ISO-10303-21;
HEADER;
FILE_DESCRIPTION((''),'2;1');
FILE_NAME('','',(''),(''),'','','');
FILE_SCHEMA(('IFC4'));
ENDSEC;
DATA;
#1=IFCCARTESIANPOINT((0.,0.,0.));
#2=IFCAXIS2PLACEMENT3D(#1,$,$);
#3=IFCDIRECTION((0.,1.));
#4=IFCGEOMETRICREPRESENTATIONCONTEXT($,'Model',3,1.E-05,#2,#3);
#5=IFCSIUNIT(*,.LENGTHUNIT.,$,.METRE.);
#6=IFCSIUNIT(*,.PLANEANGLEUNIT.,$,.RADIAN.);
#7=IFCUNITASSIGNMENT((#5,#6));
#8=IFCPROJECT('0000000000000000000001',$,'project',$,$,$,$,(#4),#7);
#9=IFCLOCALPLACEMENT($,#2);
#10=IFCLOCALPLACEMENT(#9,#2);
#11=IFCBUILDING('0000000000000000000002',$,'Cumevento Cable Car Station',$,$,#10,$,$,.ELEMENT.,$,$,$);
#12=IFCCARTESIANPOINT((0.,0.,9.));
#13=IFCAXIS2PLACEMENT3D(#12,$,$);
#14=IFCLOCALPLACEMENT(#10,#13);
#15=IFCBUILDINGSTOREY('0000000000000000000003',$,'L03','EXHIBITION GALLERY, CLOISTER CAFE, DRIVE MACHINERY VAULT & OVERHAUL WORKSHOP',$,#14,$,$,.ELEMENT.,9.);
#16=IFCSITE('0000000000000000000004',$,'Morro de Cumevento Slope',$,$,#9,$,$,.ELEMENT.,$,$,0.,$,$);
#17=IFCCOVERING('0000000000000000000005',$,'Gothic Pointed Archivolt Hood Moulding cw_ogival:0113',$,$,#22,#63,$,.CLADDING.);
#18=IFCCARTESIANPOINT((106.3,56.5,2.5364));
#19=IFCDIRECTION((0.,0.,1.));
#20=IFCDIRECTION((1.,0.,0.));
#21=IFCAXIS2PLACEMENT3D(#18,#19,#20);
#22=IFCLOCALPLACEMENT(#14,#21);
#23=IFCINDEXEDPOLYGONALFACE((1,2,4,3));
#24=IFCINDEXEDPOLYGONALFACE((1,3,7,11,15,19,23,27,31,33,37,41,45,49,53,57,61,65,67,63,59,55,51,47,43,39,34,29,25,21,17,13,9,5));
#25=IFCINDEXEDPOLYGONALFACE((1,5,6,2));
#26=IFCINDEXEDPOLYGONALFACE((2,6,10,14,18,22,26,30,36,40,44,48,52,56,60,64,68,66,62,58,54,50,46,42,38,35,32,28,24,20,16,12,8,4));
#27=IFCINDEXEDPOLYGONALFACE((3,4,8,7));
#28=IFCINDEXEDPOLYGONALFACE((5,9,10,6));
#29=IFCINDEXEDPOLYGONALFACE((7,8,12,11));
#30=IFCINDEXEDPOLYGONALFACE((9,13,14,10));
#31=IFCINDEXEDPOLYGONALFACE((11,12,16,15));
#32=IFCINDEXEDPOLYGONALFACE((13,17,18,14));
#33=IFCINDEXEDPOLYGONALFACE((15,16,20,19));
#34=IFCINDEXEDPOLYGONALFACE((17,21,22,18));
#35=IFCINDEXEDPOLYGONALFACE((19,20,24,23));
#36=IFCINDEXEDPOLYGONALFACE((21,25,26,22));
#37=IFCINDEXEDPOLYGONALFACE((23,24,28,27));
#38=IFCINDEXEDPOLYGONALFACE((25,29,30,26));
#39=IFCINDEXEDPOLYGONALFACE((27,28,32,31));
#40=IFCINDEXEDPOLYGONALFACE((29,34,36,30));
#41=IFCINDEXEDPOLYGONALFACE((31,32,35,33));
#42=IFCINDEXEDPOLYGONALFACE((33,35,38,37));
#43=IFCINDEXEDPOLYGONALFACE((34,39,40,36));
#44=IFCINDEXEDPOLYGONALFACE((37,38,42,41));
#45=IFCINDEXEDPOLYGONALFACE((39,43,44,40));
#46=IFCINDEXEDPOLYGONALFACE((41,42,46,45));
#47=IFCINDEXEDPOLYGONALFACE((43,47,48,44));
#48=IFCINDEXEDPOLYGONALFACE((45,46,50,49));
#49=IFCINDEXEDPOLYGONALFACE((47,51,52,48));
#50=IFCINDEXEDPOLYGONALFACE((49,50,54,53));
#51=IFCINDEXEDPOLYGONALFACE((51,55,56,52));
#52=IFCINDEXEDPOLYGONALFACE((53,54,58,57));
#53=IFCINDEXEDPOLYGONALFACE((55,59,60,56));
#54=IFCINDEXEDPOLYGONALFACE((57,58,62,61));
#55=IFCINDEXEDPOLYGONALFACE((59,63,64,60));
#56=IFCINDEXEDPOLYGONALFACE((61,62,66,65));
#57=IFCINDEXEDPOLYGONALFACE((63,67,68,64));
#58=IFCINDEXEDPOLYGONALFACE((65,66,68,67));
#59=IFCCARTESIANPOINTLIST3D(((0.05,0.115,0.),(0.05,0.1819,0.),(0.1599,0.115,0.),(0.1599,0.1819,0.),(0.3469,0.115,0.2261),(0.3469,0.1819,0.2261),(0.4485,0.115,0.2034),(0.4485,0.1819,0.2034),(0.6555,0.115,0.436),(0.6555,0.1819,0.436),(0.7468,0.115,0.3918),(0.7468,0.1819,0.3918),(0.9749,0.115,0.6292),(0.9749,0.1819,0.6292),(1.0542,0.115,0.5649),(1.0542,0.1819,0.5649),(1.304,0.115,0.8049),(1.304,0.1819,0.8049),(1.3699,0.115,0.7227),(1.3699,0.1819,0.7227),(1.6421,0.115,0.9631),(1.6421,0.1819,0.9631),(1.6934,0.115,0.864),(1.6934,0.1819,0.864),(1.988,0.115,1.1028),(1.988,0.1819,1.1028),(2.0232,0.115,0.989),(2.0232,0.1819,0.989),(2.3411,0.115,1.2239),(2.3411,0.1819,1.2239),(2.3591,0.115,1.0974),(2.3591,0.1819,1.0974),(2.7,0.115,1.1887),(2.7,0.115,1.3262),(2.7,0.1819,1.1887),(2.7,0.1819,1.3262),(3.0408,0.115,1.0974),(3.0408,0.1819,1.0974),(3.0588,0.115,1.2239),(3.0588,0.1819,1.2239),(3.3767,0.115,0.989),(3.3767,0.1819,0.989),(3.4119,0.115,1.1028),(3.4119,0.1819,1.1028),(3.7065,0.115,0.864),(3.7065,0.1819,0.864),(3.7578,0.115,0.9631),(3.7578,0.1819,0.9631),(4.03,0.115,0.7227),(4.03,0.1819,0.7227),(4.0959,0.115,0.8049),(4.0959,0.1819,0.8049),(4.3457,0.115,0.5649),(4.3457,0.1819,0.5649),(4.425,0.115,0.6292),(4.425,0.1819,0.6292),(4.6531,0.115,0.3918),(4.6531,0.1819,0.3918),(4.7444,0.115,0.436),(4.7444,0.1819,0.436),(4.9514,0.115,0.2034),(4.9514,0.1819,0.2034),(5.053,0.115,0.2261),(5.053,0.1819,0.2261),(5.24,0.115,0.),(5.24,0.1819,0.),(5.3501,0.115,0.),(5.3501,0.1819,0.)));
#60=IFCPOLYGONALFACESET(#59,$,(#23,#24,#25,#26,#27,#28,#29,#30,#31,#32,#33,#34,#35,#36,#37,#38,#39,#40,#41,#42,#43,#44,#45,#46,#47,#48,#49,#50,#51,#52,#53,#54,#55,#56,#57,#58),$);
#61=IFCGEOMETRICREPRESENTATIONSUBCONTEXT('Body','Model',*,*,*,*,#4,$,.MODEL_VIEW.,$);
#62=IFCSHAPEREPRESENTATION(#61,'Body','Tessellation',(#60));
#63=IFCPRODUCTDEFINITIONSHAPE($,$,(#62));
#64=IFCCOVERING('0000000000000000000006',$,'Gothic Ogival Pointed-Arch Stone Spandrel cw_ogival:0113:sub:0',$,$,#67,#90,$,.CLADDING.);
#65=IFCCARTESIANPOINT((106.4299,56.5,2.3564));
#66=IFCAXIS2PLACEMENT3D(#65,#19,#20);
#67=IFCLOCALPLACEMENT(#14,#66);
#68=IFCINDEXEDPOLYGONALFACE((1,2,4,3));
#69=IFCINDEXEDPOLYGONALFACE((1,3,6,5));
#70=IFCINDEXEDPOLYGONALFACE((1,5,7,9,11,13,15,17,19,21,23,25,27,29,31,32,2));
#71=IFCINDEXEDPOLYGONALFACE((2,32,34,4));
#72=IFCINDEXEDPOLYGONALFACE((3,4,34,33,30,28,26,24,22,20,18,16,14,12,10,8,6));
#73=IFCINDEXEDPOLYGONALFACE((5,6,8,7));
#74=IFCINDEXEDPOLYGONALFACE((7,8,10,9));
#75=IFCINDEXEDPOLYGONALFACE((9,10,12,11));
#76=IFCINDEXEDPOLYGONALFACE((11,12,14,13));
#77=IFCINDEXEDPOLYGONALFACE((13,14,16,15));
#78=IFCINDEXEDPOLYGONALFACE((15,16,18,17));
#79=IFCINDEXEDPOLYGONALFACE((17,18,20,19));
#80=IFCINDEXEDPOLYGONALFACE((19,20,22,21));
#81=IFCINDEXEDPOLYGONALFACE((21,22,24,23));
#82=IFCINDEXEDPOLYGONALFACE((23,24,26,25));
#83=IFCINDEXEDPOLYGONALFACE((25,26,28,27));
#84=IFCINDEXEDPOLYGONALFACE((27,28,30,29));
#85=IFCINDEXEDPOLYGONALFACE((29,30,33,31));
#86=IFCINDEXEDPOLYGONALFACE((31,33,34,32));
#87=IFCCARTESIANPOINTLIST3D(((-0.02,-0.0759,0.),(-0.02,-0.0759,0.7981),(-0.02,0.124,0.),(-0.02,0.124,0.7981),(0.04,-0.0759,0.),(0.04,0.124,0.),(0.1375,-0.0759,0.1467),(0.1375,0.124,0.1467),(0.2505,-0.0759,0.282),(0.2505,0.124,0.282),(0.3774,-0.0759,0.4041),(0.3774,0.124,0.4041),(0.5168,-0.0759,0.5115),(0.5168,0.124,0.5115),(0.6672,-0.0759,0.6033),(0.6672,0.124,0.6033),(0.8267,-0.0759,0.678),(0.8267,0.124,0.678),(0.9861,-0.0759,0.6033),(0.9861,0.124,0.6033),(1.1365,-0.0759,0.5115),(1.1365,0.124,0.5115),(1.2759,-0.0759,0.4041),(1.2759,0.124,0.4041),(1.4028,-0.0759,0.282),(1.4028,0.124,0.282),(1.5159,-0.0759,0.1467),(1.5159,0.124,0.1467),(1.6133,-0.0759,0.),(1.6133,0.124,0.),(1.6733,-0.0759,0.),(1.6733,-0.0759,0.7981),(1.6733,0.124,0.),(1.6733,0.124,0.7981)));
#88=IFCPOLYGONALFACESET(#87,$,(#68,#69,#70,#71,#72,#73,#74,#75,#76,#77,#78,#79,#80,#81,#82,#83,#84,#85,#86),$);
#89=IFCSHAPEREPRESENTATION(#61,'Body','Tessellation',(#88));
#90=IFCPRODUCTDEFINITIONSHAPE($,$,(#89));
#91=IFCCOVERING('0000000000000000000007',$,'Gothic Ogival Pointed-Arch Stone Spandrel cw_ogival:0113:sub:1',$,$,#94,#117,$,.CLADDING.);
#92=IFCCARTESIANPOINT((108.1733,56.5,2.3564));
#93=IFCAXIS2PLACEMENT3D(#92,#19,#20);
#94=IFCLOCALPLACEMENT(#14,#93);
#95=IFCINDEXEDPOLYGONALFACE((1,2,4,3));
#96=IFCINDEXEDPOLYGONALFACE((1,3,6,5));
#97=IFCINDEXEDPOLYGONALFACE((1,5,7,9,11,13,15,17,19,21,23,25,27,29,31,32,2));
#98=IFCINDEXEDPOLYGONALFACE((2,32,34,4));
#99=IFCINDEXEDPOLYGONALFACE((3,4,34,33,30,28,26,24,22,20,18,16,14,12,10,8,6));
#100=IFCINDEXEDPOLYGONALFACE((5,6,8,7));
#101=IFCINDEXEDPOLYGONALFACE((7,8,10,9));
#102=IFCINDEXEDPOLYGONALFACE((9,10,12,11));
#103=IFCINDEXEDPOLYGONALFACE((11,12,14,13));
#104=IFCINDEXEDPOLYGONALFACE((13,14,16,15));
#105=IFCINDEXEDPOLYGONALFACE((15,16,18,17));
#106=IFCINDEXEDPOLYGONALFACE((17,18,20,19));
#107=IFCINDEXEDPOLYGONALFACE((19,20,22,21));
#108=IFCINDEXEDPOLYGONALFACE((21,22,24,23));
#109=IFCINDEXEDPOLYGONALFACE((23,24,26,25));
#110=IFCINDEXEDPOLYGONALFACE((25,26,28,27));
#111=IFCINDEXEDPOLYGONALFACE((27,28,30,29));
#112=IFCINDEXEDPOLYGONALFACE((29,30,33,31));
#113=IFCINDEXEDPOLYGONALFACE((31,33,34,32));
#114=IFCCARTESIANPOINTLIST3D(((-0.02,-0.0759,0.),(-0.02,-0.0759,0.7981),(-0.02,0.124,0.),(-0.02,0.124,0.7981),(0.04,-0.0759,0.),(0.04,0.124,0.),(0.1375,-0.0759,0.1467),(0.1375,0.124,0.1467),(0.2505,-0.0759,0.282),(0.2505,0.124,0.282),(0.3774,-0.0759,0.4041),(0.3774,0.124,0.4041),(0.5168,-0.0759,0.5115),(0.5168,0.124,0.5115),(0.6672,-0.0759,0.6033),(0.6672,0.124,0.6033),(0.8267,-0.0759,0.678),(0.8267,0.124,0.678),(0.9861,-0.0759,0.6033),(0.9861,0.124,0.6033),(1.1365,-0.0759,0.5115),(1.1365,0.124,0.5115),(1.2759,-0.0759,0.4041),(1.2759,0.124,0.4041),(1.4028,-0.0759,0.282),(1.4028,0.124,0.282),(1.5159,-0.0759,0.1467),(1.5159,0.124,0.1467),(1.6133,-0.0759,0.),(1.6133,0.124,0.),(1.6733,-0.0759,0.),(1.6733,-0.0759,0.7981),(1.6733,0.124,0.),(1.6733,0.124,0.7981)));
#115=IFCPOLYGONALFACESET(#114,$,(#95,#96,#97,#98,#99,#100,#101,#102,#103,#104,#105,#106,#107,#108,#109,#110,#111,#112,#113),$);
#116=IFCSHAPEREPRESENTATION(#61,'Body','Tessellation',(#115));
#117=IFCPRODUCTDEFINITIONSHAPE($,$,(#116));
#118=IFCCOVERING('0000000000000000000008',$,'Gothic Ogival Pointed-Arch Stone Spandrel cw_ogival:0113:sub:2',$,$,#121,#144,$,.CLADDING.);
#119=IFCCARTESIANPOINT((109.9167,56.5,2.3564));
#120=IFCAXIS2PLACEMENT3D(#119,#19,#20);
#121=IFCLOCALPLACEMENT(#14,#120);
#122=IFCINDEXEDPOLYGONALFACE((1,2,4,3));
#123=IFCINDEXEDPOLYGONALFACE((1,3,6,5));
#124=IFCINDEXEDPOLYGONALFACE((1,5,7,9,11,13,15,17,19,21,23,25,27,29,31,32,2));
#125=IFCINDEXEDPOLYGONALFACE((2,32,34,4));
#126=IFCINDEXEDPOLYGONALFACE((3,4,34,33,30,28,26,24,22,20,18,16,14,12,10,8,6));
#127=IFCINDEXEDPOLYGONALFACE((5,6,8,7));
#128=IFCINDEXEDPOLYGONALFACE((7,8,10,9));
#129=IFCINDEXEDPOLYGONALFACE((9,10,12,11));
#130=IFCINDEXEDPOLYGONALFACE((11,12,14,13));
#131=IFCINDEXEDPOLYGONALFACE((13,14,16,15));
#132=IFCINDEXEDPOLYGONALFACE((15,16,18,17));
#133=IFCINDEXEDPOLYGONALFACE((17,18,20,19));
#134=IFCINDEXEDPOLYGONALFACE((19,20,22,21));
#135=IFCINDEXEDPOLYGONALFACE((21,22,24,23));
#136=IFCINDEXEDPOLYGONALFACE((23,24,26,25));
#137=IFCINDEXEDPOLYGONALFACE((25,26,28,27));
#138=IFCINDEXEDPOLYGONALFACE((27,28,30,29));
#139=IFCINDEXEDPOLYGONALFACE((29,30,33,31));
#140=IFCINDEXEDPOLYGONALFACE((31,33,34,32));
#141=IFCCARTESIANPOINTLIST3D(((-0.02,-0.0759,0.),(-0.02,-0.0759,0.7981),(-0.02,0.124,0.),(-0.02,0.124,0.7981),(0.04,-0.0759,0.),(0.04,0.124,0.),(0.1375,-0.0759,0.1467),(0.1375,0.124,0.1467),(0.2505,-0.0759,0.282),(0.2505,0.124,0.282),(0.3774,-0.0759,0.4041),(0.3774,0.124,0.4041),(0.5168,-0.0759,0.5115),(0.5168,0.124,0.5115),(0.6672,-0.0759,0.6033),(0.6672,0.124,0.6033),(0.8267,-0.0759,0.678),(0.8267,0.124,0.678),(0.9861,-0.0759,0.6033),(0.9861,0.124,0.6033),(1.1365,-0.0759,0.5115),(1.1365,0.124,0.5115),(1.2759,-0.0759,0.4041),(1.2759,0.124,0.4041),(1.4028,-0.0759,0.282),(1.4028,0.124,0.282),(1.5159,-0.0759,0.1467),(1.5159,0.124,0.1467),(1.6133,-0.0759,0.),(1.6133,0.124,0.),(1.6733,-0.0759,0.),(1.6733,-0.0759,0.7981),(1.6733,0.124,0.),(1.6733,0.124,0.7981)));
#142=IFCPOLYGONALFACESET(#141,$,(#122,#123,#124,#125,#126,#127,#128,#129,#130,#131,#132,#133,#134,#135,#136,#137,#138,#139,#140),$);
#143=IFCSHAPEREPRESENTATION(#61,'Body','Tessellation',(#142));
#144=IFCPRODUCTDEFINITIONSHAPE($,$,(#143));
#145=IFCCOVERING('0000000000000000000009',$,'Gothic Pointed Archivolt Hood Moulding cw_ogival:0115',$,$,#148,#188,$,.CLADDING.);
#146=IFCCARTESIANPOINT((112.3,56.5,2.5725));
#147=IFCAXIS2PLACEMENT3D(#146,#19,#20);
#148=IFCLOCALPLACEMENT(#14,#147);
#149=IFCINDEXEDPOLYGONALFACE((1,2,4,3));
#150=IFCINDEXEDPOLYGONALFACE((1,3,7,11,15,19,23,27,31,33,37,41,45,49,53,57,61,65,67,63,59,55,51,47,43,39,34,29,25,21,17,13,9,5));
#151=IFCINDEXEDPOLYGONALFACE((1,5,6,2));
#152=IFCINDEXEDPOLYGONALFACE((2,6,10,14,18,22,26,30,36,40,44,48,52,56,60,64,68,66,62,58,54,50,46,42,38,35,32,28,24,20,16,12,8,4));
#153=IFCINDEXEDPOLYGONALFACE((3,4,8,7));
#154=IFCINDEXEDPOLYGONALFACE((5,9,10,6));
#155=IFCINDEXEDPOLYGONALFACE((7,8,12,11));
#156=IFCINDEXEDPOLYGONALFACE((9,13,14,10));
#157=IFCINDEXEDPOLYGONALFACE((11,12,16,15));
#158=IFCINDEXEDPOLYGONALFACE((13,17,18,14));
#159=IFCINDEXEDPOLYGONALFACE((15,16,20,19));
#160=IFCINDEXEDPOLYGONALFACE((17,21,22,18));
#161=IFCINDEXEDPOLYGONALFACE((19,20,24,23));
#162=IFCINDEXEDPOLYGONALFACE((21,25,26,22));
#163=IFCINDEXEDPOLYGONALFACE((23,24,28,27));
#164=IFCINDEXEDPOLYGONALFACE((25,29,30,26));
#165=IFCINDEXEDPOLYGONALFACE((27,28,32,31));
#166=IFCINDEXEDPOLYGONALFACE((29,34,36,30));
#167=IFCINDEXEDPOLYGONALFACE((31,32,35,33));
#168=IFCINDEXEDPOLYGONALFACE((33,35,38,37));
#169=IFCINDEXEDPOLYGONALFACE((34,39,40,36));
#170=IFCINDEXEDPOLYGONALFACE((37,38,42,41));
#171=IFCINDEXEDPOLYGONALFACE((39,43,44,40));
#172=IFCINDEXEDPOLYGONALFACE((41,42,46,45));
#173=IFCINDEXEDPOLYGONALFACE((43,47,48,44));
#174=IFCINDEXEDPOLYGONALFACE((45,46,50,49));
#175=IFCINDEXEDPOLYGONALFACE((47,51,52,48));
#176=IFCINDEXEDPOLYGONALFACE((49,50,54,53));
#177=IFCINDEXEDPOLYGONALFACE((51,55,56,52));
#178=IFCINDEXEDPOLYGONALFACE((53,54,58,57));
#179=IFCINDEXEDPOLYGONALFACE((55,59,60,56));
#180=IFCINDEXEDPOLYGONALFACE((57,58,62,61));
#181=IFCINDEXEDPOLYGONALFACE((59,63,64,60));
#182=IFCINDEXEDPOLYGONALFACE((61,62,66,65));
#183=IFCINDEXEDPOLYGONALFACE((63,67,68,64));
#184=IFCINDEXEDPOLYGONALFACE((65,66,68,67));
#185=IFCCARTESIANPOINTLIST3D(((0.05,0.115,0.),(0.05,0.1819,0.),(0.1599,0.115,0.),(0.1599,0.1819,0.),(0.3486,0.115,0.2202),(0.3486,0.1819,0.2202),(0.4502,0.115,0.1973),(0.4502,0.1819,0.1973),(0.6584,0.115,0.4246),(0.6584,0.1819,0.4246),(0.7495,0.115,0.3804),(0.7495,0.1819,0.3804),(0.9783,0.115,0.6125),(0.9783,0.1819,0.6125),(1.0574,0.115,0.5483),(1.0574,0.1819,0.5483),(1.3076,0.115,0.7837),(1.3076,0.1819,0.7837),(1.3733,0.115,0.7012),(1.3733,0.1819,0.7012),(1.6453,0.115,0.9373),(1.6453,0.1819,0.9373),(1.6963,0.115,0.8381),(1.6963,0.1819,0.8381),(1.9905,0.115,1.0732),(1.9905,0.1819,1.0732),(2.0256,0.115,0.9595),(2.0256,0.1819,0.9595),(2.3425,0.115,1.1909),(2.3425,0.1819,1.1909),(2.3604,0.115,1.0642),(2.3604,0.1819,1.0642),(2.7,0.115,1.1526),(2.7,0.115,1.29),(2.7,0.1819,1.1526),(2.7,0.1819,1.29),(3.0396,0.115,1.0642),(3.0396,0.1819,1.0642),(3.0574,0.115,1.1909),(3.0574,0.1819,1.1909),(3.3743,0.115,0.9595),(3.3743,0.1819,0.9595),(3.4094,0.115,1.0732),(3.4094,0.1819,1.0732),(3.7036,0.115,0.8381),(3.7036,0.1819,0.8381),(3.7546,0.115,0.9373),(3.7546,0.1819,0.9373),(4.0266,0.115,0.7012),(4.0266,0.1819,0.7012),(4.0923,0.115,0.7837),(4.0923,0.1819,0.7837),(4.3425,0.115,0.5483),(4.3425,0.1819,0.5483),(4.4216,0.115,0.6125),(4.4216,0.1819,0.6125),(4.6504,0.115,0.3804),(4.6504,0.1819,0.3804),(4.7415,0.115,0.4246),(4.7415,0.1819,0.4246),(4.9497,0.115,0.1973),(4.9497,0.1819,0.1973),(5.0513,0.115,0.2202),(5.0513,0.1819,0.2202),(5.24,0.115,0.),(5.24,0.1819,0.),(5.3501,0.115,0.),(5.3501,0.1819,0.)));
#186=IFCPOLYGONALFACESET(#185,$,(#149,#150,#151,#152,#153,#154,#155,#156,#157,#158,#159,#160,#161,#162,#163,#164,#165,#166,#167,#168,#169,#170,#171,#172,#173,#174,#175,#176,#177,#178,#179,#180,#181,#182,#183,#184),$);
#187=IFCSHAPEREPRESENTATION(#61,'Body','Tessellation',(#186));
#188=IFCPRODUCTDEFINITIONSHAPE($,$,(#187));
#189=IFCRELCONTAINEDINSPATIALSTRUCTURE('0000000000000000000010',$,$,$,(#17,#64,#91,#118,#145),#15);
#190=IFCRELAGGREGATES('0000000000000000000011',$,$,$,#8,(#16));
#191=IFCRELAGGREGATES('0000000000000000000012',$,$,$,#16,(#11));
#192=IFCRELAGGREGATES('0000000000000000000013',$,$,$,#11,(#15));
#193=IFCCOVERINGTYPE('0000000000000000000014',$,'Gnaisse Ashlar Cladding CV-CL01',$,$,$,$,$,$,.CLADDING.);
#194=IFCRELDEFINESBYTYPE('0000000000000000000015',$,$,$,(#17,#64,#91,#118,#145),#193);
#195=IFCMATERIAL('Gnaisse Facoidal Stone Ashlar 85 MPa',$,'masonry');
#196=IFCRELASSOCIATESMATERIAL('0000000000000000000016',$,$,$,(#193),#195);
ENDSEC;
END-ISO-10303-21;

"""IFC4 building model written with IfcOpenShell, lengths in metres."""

from ifc_helpers import new_model, si_unit, direction, frame, origin, place, context, subcontext, project, spatial, polyline, outline, extrude, material, type_object, element, save


model = new_model("IFC4")

# Units and contexts
model_context = context("Model", 3, precision=1e-05, world=origin(), true_north=direction((0.0, 1.0)))
body_context = subcontext(model_context, "Body", "Model", "MODEL_VIEW")
ifc_project = project(units=[si_unit("LENGTHUNIT", "METRE"), si_unit("PLANEANGLEUNIT", "RADIAN")], contexts=[model_context])

# Site, building, storey
site_placement = place(None, origin())
site = spatial("IfcSite", under=ifc_project, at=site_placement, Name="Morro de Cumevento Slope", CompositionType="ELEMENT", RefElevation=0.0)
building_placement = place(site_placement, origin())
building = spatial("IfcBuilding", under=site, at=building_placement, Name="Cumevento Cable Car Station", CompositionType="ELEMENT")
storey_placement = place(building_placement, frame((0.0, 0.0, 9.0)))
storey = spatial("IfcBuildingStorey", under=building, at=storey_placement, Name="L03", Description="EXHIBITION GALLERY, CLOISTER CAFE, DRIVE MACHINERY VAULT & OVERHAUL WORKSHOP", CompositionType="ELEMENT", Elevation=9.0)

# Coverings
ifc_material_1 = material(Name="Gnaisse Facoidal Stone Ashlar 85 MPa", Category="masonry")
covering_type = type_object("IfcCoveringType", Name="Gnaisse Ashlar Cladding CV-CL01", PredefinedType="CLADDING", material=ifc_material_1)
covering_1_placement = place(storey_placement, frame((106.3, 56.5, 2.5364), z_axis=(0.0, 0.0, 1.0), x_axis=(1.0, 0.0, 0.0)))
element("IfcCovering", 1, at=covering_1_placement, inside=storey, type_object=covering_type, Name="Gothic Pointed Archivolt Hood Moulding cw_ogival:0113", PredefinedType="CLADDING", context=body_context, shape_type="SweptSolid", body=[
    extrude(outline(polyline([(0.1599, 0.0), (0.4485, 0.2034), (0.7468, 0.3918), (1.0542, 0.5649), (1.3699, 0.7227), (1.6934, 0.864), (2.0232, 0.989), (2.3591, 1.0974), (2.7, 1.1887), (3.0408, 1.0974), (3.3767, 0.989), (3.7065, 0.864), (4.03, 0.7227), (4.3457, 0.5649), (4.6531, 0.3918), (4.9514, 0.2034), (5.24, 0.0), (5.3501, 0.0), (5.053, 0.2261), (4.7444, 0.436), (4.425, 0.6292), (4.0959, 0.8049), (3.7578, 0.9631), (3.4119, 1.1028), (3.0588, 1.2239), (2.7, 1.3262), (2.3411, 1.2239), (1.988, 1.1028), (1.6421, 0.9631), (1.304, 0.8049), (0.9749, 0.6292), (0.6555, 0.436), (0.3469, 0.2261), (0.05, 0.0), (0.1599, 0.0)])), frame((0.0, 0.1819, 0.0), z_axis=(0.0, -1.0, 0.0), x_axis=(1.0, 0.0, 0.0)), (0.0, 0.0, 1.0), 0.0669),
])
for number, where, z_axis, x_axis, name in (
    (2, (106.4299, 56.5, 2.3564), (0.0, 0.0, 1.0), (1.0, 0.0, 0.0), "Gothic Ogival Pointed-Arch Stone Spandrel cw_ogival:0113:sub:0"),
    (3, (108.1733, 56.5, 2.3564), (0.0, 0.0, 1.0), (1.0, 0.0, 0.0), "Gothic Ogival Pointed-Arch Stone Spandrel cw_ogival:0113:sub:1"),
    (4, (109.9167, 56.5, 2.3564), (0.0, 0.0, 1.0), (1.0, 0.0, 0.0), "Gothic Ogival Pointed-Arch Stone Spandrel cw_ogival:0113:sub:2"),
):
    element("IfcCovering", number, at=place(storey_placement, frame(where, z_axis=z_axis, x_axis=x_axis)), inside=storey, type_object=covering_type, Name=name, PredefinedType="CLADDING", context=body_context, shape_type="SweptSolid", body=[
        extrude(outline(polyline([(-0.02, 0.0), (-0.02, 0.7981), (1.6733, 0.7981), (1.6733, 0.0), (1.6133, 0.0), (1.5159, 0.1467), (1.4028, 0.282), (1.2759, 0.4041), (1.1365, 0.5115), (0.9861, 0.6033), (0.8267, 0.678), (0.6672, 0.6033), (0.5168, 0.5115), (0.3774, 0.4041), (0.2505, 0.282), (0.1375, 0.1467), (0.04, 0.0), (-0.02, 0.0)])), frame((0.0, 0.124, 0.0), z_axis=(0.0, -1.0, 0.0), x_axis=(1.0, 0.0, 0.0)), (0.0, 0.0, 1.0), 0.2),
    ])
covering_2_placement = place(storey_placement, frame((112.3, 56.5, 2.5725), z_axis=(0.0, 0.0, 1.0), x_axis=(1.0, 0.0, 0.0)))
element("IfcCovering", 5, at=covering_2_placement, inside=storey, type_object=covering_type, Name="Gothic Pointed Archivolt Hood Moulding cw_ogival:0115", PredefinedType="CLADDING", context=body_context, shape_type="SweptSolid", body=[
    extrude(outline(polyline([(0.1599, 0.0), (0.4502, 0.1973), (0.7495, 0.3804), (1.0574, 0.5483), (1.3733, 0.7012), (1.6963, 0.8381), (2.0256, 0.9595), (2.3604, 1.0642), (2.7, 1.1526), (3.0396, 1.0642), (3.3743, 0.9595), (3.7036, 0.8381), (4.0266, 0.7012), (4.3425, 0.5483), (4.6504, 0.3804), (4.9497, 0.1973), (5.24, 0.0), (5.3501, 0.0), (5.0513, 0.2202), (4.7415, 0.4246), (4.4216, 0.6125), (4.0923, 0.7837), (3.7546, 0.9373), (3.4094, 1.0732), (3.0574, 1.1909), (2.7, 1.29), (2.3425, 1.1909), (1.9905, 1.0732), (1.6453, 0.9373), (1.3076, 0.7837), (0.9783, 0.6125), (0.6584, 0.4246), (0.3486, 0.2202), (0.05, 0.0), (0.1599, 0.0)])), frame((0.0, 0.1819, 0.0), z_axis=(0.0, -1.0, 0.0), x_axis=(1.0, 0.0, 0.0)), (0.0, 0.0, 1.0), 0.0669),
])

save(model, "model.ifc")
